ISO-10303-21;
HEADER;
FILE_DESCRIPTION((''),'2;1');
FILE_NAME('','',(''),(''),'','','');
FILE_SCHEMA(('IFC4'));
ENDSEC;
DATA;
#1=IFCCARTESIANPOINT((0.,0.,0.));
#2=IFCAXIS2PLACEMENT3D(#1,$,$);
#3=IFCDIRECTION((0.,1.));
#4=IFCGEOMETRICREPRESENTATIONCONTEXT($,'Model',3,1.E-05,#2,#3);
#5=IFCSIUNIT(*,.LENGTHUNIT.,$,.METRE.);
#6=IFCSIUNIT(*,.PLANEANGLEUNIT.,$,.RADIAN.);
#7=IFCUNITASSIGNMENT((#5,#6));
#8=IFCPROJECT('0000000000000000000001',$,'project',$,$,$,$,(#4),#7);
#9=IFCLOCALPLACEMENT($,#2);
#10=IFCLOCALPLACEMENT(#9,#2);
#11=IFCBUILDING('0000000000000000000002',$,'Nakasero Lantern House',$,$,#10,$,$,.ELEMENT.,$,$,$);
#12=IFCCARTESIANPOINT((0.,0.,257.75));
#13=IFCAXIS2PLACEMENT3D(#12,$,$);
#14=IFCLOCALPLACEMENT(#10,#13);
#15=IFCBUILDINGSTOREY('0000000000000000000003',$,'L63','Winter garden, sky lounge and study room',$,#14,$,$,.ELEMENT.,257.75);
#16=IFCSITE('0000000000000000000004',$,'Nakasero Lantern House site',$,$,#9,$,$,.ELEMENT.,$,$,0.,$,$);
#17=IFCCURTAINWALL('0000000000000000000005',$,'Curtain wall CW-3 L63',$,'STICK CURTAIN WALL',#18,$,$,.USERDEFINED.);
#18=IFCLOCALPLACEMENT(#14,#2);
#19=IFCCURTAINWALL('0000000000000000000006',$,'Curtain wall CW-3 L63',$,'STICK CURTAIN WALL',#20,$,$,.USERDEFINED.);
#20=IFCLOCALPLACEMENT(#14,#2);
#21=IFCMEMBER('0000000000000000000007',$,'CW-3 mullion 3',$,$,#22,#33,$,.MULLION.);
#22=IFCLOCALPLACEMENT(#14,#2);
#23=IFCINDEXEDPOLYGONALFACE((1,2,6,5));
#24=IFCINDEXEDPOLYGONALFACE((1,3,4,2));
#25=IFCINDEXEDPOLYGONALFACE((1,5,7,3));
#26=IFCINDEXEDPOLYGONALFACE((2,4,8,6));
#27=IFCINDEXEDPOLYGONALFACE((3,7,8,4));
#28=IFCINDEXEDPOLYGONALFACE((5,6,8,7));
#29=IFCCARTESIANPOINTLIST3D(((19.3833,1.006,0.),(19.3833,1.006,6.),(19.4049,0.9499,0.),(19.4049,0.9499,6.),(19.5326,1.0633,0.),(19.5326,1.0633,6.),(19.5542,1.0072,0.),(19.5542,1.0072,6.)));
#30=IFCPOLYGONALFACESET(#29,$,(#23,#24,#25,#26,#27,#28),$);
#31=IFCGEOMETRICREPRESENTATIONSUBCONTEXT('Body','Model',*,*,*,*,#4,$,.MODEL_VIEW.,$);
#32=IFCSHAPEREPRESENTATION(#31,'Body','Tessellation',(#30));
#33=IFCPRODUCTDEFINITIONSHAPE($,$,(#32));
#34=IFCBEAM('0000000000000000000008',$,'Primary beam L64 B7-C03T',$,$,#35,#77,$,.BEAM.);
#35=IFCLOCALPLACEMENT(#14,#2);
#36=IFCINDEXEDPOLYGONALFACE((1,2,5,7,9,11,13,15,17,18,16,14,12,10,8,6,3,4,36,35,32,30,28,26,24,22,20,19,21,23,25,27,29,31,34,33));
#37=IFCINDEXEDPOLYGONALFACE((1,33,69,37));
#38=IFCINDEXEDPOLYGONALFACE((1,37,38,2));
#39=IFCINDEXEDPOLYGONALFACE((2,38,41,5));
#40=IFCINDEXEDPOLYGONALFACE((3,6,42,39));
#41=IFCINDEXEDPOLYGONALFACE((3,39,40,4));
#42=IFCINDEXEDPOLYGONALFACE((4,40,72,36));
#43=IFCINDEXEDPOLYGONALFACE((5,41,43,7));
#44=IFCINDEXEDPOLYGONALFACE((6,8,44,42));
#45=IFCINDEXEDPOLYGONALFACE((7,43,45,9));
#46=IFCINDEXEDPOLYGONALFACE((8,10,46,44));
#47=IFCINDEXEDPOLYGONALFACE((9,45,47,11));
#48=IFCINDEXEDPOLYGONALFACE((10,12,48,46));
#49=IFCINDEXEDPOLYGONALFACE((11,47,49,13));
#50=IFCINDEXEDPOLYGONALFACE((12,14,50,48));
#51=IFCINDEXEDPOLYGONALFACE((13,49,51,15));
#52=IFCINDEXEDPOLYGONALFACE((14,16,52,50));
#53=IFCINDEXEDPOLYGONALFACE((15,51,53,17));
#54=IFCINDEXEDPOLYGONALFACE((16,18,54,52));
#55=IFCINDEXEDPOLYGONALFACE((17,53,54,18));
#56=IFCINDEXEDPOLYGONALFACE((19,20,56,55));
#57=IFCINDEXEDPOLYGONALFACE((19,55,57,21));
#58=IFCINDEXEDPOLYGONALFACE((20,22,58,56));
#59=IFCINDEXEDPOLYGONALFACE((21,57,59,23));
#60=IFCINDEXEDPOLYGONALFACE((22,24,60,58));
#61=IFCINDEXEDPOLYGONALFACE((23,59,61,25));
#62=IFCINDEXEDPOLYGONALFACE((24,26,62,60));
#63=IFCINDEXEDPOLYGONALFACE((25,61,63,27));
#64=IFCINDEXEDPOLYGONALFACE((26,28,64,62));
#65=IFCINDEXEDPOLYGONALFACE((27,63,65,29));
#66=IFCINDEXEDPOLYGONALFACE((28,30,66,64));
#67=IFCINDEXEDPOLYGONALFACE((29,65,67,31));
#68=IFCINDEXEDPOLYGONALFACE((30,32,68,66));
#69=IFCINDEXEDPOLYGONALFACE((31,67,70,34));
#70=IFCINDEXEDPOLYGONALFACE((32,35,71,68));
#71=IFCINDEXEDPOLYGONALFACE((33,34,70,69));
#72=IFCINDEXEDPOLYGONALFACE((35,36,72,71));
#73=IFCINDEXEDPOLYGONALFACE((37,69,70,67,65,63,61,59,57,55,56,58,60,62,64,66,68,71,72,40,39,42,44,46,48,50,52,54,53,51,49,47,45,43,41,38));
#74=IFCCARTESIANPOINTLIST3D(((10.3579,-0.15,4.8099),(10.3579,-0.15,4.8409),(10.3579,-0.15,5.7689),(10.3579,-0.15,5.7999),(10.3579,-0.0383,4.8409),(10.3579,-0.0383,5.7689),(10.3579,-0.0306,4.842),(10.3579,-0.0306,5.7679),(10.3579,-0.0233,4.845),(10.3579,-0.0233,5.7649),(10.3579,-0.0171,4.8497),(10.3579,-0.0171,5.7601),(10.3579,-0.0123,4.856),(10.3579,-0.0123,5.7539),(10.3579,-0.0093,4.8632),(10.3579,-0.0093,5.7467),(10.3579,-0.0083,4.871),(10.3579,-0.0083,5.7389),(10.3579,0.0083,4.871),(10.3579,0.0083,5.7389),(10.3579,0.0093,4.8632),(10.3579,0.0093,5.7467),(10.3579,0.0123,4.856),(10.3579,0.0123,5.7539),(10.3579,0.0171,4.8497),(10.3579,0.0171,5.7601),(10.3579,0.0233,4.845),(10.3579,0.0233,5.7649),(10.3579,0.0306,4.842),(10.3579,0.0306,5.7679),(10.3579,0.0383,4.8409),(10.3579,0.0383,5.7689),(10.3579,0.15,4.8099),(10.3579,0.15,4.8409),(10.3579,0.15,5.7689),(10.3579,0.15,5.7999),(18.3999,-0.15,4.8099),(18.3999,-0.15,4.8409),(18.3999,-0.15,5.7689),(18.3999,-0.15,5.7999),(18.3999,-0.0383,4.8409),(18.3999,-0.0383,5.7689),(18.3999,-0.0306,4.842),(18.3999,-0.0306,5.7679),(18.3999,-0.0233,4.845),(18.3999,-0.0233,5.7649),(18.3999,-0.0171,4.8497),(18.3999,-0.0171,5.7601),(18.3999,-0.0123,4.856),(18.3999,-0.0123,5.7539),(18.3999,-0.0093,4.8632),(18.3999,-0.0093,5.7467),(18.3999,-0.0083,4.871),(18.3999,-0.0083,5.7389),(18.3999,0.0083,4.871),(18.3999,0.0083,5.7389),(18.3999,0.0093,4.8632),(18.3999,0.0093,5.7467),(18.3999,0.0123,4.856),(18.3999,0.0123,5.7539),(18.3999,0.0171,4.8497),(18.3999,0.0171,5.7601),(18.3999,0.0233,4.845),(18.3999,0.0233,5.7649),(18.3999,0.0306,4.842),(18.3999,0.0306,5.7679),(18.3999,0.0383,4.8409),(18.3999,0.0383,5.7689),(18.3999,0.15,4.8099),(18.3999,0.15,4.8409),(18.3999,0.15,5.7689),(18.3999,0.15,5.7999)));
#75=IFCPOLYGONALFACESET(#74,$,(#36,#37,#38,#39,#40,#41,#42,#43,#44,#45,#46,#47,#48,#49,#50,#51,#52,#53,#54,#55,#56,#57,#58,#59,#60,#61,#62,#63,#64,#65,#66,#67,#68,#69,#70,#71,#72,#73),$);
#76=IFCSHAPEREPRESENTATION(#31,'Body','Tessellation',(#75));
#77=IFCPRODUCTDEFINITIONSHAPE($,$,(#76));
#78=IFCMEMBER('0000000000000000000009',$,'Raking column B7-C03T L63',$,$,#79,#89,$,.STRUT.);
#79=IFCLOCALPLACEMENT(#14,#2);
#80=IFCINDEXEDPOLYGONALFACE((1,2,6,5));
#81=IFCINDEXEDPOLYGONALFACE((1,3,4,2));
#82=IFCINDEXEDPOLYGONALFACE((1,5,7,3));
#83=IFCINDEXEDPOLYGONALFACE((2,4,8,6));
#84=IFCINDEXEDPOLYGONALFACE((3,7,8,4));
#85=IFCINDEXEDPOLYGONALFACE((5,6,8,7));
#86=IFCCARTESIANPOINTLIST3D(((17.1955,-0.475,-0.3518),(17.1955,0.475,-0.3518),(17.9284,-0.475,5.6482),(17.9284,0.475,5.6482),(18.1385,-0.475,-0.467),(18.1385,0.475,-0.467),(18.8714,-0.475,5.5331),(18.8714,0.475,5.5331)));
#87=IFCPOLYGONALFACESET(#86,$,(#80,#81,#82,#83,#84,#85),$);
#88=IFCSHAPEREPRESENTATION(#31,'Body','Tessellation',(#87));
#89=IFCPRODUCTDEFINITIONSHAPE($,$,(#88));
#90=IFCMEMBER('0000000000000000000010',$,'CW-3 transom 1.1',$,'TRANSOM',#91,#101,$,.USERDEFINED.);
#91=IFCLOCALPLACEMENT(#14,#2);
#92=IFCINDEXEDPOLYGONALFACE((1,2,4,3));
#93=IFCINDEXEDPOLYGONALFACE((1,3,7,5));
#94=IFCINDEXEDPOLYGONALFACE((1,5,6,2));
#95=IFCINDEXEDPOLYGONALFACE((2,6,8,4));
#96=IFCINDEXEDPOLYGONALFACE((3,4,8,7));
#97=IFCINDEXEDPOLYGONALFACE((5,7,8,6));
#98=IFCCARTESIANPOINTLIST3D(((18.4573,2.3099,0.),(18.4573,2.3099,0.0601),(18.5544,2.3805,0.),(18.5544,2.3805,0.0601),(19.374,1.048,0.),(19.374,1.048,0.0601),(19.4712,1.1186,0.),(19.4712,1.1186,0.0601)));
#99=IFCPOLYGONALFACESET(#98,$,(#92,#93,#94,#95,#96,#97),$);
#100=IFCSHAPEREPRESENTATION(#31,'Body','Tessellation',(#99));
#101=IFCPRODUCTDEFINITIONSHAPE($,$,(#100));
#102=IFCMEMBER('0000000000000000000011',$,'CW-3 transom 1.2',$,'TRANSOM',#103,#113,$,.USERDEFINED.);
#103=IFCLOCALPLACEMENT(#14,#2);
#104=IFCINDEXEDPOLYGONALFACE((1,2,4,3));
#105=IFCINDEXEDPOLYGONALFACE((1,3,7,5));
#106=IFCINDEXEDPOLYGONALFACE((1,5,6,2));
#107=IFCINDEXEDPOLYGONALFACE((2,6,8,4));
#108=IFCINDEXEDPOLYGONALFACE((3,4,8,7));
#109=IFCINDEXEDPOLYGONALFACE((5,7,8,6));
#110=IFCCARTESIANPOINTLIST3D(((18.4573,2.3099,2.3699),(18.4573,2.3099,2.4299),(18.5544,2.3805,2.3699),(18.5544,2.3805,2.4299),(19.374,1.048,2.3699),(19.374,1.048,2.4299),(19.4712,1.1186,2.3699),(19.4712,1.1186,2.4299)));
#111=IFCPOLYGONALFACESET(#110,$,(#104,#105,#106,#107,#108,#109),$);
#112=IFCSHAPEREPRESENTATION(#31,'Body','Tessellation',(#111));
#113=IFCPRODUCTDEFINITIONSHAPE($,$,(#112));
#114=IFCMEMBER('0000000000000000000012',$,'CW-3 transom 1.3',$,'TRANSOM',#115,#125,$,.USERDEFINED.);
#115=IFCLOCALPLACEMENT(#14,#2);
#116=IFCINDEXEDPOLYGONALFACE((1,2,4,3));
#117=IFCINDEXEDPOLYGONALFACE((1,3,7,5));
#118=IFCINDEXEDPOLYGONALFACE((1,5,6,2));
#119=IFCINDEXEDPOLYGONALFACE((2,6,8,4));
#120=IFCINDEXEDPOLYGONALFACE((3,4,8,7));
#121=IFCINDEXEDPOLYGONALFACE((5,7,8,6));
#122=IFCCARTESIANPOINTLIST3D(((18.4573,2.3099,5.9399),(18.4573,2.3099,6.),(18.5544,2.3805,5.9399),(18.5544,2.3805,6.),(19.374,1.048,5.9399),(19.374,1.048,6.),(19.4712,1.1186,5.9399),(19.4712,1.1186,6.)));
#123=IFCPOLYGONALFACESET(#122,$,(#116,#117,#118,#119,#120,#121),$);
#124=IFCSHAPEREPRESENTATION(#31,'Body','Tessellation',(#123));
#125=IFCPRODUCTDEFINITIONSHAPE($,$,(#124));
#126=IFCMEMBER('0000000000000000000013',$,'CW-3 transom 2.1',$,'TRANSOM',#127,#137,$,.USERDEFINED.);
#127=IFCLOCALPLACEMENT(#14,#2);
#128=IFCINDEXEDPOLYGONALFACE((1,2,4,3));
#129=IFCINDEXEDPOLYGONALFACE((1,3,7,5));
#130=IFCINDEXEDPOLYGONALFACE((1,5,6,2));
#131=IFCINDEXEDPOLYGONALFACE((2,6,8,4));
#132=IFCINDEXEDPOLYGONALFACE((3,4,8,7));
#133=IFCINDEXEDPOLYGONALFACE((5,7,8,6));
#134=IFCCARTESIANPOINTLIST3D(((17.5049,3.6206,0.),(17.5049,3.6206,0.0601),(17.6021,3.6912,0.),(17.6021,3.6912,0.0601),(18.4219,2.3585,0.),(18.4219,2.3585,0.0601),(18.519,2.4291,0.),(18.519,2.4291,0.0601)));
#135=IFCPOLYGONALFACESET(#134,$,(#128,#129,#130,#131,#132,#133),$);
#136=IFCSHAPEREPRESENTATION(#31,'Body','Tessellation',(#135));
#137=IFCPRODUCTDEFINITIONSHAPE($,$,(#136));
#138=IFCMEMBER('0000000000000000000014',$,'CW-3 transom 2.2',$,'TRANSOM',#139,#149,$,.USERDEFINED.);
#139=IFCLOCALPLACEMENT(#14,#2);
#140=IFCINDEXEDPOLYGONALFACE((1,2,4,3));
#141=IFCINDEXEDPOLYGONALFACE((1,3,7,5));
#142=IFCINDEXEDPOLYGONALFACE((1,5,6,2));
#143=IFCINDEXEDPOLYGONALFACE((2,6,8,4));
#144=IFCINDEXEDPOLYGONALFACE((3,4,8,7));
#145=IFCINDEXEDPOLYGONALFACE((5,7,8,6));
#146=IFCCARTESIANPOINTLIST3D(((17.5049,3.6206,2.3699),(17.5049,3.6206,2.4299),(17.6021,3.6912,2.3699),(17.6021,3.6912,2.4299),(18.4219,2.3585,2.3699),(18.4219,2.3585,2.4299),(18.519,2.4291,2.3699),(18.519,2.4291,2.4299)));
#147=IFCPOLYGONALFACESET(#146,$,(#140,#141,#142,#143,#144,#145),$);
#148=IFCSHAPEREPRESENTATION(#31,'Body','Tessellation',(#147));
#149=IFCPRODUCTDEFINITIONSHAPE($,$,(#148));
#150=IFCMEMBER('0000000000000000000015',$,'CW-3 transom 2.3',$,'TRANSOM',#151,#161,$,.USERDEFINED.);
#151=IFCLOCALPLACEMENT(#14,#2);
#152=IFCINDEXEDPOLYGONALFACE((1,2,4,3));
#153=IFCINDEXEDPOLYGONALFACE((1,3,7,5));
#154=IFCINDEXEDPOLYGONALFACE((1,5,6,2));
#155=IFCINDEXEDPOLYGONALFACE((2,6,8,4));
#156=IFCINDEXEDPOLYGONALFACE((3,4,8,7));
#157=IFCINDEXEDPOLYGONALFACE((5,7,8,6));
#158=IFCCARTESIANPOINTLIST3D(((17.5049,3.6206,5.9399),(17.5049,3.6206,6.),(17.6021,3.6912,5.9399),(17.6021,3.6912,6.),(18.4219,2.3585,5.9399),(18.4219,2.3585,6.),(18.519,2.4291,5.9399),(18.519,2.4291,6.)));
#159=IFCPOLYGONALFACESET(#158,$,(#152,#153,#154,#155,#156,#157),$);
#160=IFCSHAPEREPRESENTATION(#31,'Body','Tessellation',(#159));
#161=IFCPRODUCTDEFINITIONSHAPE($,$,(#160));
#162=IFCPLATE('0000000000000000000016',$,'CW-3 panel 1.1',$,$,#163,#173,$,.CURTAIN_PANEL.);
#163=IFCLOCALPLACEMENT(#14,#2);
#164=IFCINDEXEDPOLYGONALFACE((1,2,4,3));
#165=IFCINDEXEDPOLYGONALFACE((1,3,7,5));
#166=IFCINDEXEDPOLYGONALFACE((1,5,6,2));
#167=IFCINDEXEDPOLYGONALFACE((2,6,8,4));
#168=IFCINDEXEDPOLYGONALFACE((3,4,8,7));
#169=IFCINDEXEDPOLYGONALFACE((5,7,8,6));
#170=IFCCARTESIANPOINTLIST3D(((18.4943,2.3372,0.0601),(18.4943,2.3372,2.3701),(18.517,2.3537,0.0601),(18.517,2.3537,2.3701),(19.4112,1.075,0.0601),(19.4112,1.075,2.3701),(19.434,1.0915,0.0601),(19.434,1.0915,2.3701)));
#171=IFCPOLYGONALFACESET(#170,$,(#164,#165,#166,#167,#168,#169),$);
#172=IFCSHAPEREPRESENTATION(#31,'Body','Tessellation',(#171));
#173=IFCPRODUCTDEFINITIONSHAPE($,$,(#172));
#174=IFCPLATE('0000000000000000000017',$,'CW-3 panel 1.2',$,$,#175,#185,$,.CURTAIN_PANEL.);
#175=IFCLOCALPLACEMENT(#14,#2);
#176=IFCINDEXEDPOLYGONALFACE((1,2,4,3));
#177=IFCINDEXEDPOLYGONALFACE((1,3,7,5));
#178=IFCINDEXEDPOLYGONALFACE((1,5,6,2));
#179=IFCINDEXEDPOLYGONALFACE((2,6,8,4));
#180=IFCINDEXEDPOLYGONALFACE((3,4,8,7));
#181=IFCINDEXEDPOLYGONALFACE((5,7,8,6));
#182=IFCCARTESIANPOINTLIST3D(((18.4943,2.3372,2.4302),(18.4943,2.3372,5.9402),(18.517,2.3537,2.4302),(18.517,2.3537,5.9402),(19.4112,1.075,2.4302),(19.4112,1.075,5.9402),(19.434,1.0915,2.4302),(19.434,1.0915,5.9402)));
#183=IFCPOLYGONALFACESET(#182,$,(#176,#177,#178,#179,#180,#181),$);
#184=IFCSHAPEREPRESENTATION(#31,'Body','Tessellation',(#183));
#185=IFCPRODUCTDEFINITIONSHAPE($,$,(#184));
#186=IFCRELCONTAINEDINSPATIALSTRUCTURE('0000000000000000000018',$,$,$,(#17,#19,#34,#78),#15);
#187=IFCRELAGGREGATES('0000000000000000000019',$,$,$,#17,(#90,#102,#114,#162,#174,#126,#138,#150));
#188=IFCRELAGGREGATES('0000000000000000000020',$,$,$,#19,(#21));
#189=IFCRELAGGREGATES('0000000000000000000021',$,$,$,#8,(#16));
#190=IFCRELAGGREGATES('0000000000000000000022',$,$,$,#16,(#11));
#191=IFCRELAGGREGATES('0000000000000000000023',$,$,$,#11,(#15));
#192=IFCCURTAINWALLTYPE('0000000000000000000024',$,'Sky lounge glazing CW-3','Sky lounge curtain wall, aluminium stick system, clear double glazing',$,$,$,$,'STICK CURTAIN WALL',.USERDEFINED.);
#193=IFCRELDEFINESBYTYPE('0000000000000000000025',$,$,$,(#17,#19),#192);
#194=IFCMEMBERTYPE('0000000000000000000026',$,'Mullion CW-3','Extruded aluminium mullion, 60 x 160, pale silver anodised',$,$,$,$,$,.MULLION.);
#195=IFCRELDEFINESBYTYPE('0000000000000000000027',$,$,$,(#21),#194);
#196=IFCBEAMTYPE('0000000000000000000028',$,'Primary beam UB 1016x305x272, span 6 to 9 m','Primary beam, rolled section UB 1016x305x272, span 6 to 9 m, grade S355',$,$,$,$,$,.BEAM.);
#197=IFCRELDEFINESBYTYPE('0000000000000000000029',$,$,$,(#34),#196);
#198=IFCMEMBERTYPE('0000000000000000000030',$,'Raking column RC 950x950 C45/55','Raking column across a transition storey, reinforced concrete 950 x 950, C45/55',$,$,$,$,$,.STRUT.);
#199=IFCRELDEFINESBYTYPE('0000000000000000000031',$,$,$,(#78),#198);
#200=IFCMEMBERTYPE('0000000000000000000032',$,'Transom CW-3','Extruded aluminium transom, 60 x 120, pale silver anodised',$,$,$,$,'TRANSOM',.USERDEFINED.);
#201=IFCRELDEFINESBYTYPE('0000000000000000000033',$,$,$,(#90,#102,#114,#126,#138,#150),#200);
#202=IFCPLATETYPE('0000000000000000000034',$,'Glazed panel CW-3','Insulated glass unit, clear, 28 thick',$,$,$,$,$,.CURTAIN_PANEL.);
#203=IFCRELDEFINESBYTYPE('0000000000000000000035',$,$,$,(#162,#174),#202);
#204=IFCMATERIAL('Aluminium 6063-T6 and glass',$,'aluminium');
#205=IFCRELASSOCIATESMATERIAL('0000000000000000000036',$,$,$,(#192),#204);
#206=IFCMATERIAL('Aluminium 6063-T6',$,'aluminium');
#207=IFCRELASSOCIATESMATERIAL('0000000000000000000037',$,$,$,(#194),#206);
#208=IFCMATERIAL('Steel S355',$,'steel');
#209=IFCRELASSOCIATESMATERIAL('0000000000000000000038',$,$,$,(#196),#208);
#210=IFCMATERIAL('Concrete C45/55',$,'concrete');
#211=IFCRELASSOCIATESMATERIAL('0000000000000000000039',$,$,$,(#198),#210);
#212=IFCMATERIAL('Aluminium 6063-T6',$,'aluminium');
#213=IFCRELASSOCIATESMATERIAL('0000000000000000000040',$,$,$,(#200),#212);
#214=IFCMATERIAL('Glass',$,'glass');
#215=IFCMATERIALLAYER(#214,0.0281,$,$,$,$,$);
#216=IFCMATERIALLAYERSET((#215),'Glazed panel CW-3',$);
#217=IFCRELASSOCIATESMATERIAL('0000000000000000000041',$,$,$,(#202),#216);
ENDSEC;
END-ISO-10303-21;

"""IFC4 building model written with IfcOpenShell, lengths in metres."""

from ifc_helpers import new_model, si_unit, direction, frame, origin, origin_2d, place, context, subcontext, project, spatial, rectangle, i_section, extrude, material, layer, layer_set, material_profile, profile_set, type_object, element, aggregate, save


model = new_model("IFC4")

# Units and contexts
model_context = context("Model", 3, precision=1e-05, world=origin(), true_north=direction((0.0, 1.0)))
body_context = subcontext(model_context, "Body", "Model", "MODEL_VIEW")
ifc_project = project(units=[si_unit("LENGTHUNIT", "METRE"), si_unit("PLANEANGLEUNIT", "RADIAN")], contexts=[model_context])

# Site, building, storey
site_placement = place(None, origin())
site = spatial("IfcSite", under=ifc_project, at=site_placement, Name="Nakasero Lantern House site", CompositionType="ELEMENT", RefElevation=0.0)
building_placement = place(site_placement, origin())
building = spatial("IfcBuilding", under=site, at=building_placement, Name="Nakasero Lantern House", CompositionType="ELEMENT")
storey_placement = place(building_placement, frame((0.0, 0.0, 257.75)))
storey = spatial("IfcBuildingStorey", under=building, at=storey_placement, Name="L63", Description="Winter garden, sky lounge and study room", CompositionType="ELEMENT", Elevation=257.75)

# Curtain wall
ifc_material_1 = material(Name="Aluminium 6063-T6 and glass", Category="aluminium")
curtain_wall_type = type_object("IfcCurtainWallType", Name="Sky lounge glazing CW-3", Description="Sky lounge curtain wall, aluminium stick system, clear double glazing", ElementType="STICK CURTAIN WALL", PredefinedType="USERDEFINED", material=ifc_material_1)
curtain_wall_1_placement = place(storey_placement, origin())
curtain_wall_1 = element("IfcCurtainWall", 1, at=curtain_wall_1_placement, inside=storey, type_object=curtain_wall_type, Name="Curtain wall CW-3 L63", ObjectType="STICK CURTAIN WALL", PredefinedType="USERDEFINED")
ifc_material_2 = material(Name="Aluminium 6063-T6", Category="aluminium")
ifc_material_profile_1 = material_profile(ifc_material_2, rectangle(XDim=0.0601, YDim=0.1599, at=origin_2d()), Name="CW-3 mullion 60x160")
ifc_profile_set_1 = profile_set([ifc_material_profile_1], Name="Aluminium 6063-T6")
member_type_1 = type_object("IfcMemberType", Name="Mullion CW-3", Description="Extruded aluminium mullion, 60 x 160, pale silver anodised", PredefinedType="MULLION", material=ifc_profile_set_1)

# Curtain wall, member
curtain_wall_2_placement = place(storey_placement, origin())
curtain_wall_2 = element("IfcCurtainWall", 2, at=curtain_wall_2_placement, inside=storey, type_object=curtain_wall_type, Name="Curtain wall CW-3 L63", ObjectType="STICK CURTAIN WALL", PredefinedType="USERDEFINED")
member_1_placement = place(storey_placement, frame((19.4688, 1.0066, 0.0), z_axis=(0.0, 0.0, 1.0), x_axis=(-0.358368, 0.93358, 0.0)))
member_1 = element("IfcMember", 3, at=member_1_placement, type_object=member_type_1, Name="CW-3 mullion 3", PredefinedType="MULLION", context=body_context, shape_type="SweptSolid", body=[
    extrude(rectangle(XDim=0.0601, YDim=0.1599, at=origin_2d()), origin(), (0.0, 0.0, 1.0), 6.0),
])

# Beam
ifc_material_3 = material(Name="Steel S355", Category="steel")
ifc_material_profile_2 = material_profile(ifc_material_3, i_section(OverallWidth=0.3, OverallDepth=0.99, WebThickness=0.0166, FlangeThickness=0.031, FilletRadius=0.03, at=origin_2d()), Name="UB 1016x305x272")
ifc_profile_set_2 = profile_set([ifc_material_profile_2], Name="Steel S355")
beam_type_1 = type_object("IfcBeamType", Name="Primary beam UB 1016x305x272, span 6 to 9 m", Description="Primary beam, rolled section UB 1016x305x272, span 6 to 9 m, grade S355", PredefinedType="BEAM", material=ifc_profile_set_2)
beam_1_placement = place(storey_placement, frame((18.3999, 0.0, 5.3049), z_axis=(-1.0, 0.0, 0.0), x_axis=(0.0, -1.0, 0.0)))
element("IfcBeam", 4, at=beam_1_placement, inside=storey, type_object=beam_type_1, Name="Primary beam L64 B7-C03T", PredefinedType="BEAM", context=body_context, shape_type="SweptSolid", body=[
    extrude(i_section(OverallWidth=0.3, OverallDepth=0.99, WebThickness=0.0166, FlangeThickness=0.031, FilletRadius=0.03, at=origin_2d()), origin(), (0.0, 0.0, 1.0), 8.042),
])

# Members
ifc_material_4 = material(Name="Concrete C45/55", Category="concrete")
ifc_material_profile_3 = material_profile(ifc_material_4, rectangle(XDim=0.95, YDim=0.95, at=origin_2d()), Name="RC 950x950")
ifc_profile_set_3 = profile_set([ifc_material_profile_3], Name="Concrete C45/55")
member_type_2 = type_object("IfcMemberType", Name="Raking column RC 950x950 C45/55", Description="Raking column across a transition storey, reinforced concrete 950 x 950, C45/55", PredefinedType="STRUT", material=ifc_profile_set_3)
member_2_placement = place(storey_placement, frame((17.667, 0.0, -0.4094), z_axis=(0.12125, 0.0, 0.992622), x_axis=(0.0, 1.0, 0.0)))
element("IfcMember", 5, at=member_2_placement, inside=storey, type_object=member_type_2, Name="Raking column B7-C03T L63", PredefinedType="STRUT", context=body_context, shape_type="SweptSolid", body=[
    extrude(rectangle(XDim=0.95, YDim=0.95, at=origin_2d()), origin(), (0.0, 0.0, 1.0), 6.0447),
])
ifc_material_5 = material(Name="Aluminium 6063-T6", Category="aluminium")
ifc_material_profile_4 = material_profile(ifc_material_5, rectangle(XDim=0.0601, YDim=0.1201, at=origin_2d()), Name="CW-3 transom 60x120")
ifc_profile_set_4 = profile_set([ifc_material_profile_4], Name="Aluminium 6063-T6")
member_type_3 = type_object("IfcMemberType", Name="Transom CW-3", Description="Extruded aluminium transom, 60 x 120, pale silver anodised", ElementType="TRANSOM", PredefinedType="USERDEFINED", material=ifc_profile_set_4)
member_3_placement = place(storey_placement, frame((19.4226, 1.0833, 0.03), z_axis=(-0.587734, 0.809054, 0.0), x_axis=(0.0, 0.0, 1.0)))
member_3 = element("IfcMember", 6, at=member_3_placement, type_object=member_type_3, Name="CW-3 transom 1.1", ObjectType="TRANSOM", PredefinedType="USERDEFINED", context=body_context, shape_type="SweptSolid", body=[
    extrude(rectangle(XDim=0.0601, YDim=0.1201, at=origin_2d()), origin(), (0.0, 0.0, 1.0), 1.5598),
])
member_4_placement = place(storey_placement, frame((19.4226, 1.0833, 2.3999), z_axis=(-0.587734, 0.809054, 0.0), x_axis=(0.0, 0.0, 1.0)))
member_4 = element("IfcMember", 7, at=member_4_placement, type_object=member_type_3, Name="CW-3 transom 1.2", ObjectType="TRANSOM", PredefinedType="USERDEFINED", context=body_context, shape_type="SweptSolid", body=[
    extrude(rectangle(XDim=0.0601, YDim=0.1201, at=origin_2d()), origin(), (0.0, 0.0, 1.0), 1.5598),
])
member_5_placement = place(storey_placement, frame((19.4226, 1.0833, 5.97), z_axis=(-0.587734, 0.809054, 0.0), x_axis=(0.0, 0.0, 1.0)))
member_5 = element("IfcMember", 8, at=member_5_placement, type_object=member_type_3, Name="CW-3 transom 1.3", ObjectType="TRANSOM", PredefinedType="USERDEFINED", context=body_context, shape_type="SweptSolid", body=[
    extrude(rectangle(XDim=0.0601, YDim=0.1201, at=origin_2d()), origin(), (0.0, 0.0, 1.0), 1.5598),
])
member_6_placement = place(storey_placement, frame((18.4705, 2.3938, 0.03), z_axis=(-0.587762, 0.809034, 0.0), x_axis=(0.0, 0.0, 1.0)))
member_6 = element("IfcMember", 9, at=member_6_placement, type_object=member_type_3, Name="CW-3 transom 2.1", ObjectType="TRANSOM", PredefinedType="USERDEFINED", context=body_context, shape_type="SweptSolid", body=[
    extrude(rectangle(XDim=0.0601, YDim=0.1201, at=origin_2d()), origin(), (0.0, 0.0, 1.0), 1.5601),
])
member_7_placement = place(storey_placement, frame((18.4705, 2.3938, 2.3999), z_axis=(-0.587762, 0.809034, 0.0), x_axis=(0.0, 0.0, 1.0)))
member_7 = element("IfcMember", 10, at=member_7_placement, type_object=member_type_3, Name="CW-3 transom 2.2", ObjectType="TRANSOM", PredefinedType="USERDEFINED", context=body_context, shape_type="SweptSolid", body=[
    extrude(rectangle(XDim=0.0601, YDim=0.1201, at=origin_2d()), origin(), (0.0, 0.0, 1.0), 1.5601),
])
member_8_placement = place(storey_placement, frame((18.4705, 2.3938, 5.97), z_axis=(-0.587762, 0.809034, 0.0), x_axis=(0.0, 0.0, 1.0)))
member_8 = element("IfcMember", 11, at=member_8_placement, type_object=member_type_3, Name="CW-3 transom 2.3", ObjectType="TRANSOM", PredefinedType="USERDEFINED", context=body_context, shape_type="SweptSolid", body=[
    extrude(rectangle(XDim=0.0601, YDim=0.1201, at=origin_2d()), origin(), (0.0, 0.0, 1.0), 1.5601),
])

# Plates
ifc_material_6 = material(Name="Glass", Category="glass")
ifc_layer_1 = layer(ifc_material_6, 0.0281)
ifc_layer_set_1 = layer_set([ifc_layer_1], Name="Glazed panel CW-3")
plate_type = type_object("IfcPlateType", Name="Glazed panel CW-3", Description="Insulated glass unit, clear, 28 thick", PredefinedType="CURTAIN_PANEL", material=ifc_layer_set_1)
plate_1_placement = place(storey_placement, frame((18.9641, 1.7144, 0.0601), z_axis=(0.0, 0.0, 1.0), x_axis=(-0.587785, 0.809017, 0.0)))
plate_1 = element("IfcPlate", 12, at=plate_1_placement, type_object=plate_type, Name="CW-3 panel 1.1", PredefinedType="CURTAIN_PANEL", context=body_context, shape_type="SweptSolid", body=[
    extrude(rectangle(XDim=1.5601, YDim=0.0281, at=origin_2d()), origin(), (0.0, 0.0, 1.0), 2.3101),
])
plate_2_placement = place(storey_placement, frame((18.9641, 1.7144, 2.4302), z_axis=(0.0, 0.0, 1.0), x_axis=(-0.587785, 0.809017, 0.0)))
plate_2 = element("IfcPlate", 13, at=plate_2_placement, type_object=plate_type, Name="CW-3 panel 1.2", PredefinedType="CURTAIN_PANEL", context=body_context, shape_type="SweptSolid", body=[
    extrude(rectangle(XDim=1.5601, YDim=0.0281, at=origin_2d()), origin(), (0.0, 0.0, 1.0), 3.51),
])
aggregate(curtain_wall_1, [member_3, member_4, member_5, plate_1, plate_2, member_6, member_7, member_8])
aggregate(curtain_wall_2, [member_1])

save(model, "model.ifc")
